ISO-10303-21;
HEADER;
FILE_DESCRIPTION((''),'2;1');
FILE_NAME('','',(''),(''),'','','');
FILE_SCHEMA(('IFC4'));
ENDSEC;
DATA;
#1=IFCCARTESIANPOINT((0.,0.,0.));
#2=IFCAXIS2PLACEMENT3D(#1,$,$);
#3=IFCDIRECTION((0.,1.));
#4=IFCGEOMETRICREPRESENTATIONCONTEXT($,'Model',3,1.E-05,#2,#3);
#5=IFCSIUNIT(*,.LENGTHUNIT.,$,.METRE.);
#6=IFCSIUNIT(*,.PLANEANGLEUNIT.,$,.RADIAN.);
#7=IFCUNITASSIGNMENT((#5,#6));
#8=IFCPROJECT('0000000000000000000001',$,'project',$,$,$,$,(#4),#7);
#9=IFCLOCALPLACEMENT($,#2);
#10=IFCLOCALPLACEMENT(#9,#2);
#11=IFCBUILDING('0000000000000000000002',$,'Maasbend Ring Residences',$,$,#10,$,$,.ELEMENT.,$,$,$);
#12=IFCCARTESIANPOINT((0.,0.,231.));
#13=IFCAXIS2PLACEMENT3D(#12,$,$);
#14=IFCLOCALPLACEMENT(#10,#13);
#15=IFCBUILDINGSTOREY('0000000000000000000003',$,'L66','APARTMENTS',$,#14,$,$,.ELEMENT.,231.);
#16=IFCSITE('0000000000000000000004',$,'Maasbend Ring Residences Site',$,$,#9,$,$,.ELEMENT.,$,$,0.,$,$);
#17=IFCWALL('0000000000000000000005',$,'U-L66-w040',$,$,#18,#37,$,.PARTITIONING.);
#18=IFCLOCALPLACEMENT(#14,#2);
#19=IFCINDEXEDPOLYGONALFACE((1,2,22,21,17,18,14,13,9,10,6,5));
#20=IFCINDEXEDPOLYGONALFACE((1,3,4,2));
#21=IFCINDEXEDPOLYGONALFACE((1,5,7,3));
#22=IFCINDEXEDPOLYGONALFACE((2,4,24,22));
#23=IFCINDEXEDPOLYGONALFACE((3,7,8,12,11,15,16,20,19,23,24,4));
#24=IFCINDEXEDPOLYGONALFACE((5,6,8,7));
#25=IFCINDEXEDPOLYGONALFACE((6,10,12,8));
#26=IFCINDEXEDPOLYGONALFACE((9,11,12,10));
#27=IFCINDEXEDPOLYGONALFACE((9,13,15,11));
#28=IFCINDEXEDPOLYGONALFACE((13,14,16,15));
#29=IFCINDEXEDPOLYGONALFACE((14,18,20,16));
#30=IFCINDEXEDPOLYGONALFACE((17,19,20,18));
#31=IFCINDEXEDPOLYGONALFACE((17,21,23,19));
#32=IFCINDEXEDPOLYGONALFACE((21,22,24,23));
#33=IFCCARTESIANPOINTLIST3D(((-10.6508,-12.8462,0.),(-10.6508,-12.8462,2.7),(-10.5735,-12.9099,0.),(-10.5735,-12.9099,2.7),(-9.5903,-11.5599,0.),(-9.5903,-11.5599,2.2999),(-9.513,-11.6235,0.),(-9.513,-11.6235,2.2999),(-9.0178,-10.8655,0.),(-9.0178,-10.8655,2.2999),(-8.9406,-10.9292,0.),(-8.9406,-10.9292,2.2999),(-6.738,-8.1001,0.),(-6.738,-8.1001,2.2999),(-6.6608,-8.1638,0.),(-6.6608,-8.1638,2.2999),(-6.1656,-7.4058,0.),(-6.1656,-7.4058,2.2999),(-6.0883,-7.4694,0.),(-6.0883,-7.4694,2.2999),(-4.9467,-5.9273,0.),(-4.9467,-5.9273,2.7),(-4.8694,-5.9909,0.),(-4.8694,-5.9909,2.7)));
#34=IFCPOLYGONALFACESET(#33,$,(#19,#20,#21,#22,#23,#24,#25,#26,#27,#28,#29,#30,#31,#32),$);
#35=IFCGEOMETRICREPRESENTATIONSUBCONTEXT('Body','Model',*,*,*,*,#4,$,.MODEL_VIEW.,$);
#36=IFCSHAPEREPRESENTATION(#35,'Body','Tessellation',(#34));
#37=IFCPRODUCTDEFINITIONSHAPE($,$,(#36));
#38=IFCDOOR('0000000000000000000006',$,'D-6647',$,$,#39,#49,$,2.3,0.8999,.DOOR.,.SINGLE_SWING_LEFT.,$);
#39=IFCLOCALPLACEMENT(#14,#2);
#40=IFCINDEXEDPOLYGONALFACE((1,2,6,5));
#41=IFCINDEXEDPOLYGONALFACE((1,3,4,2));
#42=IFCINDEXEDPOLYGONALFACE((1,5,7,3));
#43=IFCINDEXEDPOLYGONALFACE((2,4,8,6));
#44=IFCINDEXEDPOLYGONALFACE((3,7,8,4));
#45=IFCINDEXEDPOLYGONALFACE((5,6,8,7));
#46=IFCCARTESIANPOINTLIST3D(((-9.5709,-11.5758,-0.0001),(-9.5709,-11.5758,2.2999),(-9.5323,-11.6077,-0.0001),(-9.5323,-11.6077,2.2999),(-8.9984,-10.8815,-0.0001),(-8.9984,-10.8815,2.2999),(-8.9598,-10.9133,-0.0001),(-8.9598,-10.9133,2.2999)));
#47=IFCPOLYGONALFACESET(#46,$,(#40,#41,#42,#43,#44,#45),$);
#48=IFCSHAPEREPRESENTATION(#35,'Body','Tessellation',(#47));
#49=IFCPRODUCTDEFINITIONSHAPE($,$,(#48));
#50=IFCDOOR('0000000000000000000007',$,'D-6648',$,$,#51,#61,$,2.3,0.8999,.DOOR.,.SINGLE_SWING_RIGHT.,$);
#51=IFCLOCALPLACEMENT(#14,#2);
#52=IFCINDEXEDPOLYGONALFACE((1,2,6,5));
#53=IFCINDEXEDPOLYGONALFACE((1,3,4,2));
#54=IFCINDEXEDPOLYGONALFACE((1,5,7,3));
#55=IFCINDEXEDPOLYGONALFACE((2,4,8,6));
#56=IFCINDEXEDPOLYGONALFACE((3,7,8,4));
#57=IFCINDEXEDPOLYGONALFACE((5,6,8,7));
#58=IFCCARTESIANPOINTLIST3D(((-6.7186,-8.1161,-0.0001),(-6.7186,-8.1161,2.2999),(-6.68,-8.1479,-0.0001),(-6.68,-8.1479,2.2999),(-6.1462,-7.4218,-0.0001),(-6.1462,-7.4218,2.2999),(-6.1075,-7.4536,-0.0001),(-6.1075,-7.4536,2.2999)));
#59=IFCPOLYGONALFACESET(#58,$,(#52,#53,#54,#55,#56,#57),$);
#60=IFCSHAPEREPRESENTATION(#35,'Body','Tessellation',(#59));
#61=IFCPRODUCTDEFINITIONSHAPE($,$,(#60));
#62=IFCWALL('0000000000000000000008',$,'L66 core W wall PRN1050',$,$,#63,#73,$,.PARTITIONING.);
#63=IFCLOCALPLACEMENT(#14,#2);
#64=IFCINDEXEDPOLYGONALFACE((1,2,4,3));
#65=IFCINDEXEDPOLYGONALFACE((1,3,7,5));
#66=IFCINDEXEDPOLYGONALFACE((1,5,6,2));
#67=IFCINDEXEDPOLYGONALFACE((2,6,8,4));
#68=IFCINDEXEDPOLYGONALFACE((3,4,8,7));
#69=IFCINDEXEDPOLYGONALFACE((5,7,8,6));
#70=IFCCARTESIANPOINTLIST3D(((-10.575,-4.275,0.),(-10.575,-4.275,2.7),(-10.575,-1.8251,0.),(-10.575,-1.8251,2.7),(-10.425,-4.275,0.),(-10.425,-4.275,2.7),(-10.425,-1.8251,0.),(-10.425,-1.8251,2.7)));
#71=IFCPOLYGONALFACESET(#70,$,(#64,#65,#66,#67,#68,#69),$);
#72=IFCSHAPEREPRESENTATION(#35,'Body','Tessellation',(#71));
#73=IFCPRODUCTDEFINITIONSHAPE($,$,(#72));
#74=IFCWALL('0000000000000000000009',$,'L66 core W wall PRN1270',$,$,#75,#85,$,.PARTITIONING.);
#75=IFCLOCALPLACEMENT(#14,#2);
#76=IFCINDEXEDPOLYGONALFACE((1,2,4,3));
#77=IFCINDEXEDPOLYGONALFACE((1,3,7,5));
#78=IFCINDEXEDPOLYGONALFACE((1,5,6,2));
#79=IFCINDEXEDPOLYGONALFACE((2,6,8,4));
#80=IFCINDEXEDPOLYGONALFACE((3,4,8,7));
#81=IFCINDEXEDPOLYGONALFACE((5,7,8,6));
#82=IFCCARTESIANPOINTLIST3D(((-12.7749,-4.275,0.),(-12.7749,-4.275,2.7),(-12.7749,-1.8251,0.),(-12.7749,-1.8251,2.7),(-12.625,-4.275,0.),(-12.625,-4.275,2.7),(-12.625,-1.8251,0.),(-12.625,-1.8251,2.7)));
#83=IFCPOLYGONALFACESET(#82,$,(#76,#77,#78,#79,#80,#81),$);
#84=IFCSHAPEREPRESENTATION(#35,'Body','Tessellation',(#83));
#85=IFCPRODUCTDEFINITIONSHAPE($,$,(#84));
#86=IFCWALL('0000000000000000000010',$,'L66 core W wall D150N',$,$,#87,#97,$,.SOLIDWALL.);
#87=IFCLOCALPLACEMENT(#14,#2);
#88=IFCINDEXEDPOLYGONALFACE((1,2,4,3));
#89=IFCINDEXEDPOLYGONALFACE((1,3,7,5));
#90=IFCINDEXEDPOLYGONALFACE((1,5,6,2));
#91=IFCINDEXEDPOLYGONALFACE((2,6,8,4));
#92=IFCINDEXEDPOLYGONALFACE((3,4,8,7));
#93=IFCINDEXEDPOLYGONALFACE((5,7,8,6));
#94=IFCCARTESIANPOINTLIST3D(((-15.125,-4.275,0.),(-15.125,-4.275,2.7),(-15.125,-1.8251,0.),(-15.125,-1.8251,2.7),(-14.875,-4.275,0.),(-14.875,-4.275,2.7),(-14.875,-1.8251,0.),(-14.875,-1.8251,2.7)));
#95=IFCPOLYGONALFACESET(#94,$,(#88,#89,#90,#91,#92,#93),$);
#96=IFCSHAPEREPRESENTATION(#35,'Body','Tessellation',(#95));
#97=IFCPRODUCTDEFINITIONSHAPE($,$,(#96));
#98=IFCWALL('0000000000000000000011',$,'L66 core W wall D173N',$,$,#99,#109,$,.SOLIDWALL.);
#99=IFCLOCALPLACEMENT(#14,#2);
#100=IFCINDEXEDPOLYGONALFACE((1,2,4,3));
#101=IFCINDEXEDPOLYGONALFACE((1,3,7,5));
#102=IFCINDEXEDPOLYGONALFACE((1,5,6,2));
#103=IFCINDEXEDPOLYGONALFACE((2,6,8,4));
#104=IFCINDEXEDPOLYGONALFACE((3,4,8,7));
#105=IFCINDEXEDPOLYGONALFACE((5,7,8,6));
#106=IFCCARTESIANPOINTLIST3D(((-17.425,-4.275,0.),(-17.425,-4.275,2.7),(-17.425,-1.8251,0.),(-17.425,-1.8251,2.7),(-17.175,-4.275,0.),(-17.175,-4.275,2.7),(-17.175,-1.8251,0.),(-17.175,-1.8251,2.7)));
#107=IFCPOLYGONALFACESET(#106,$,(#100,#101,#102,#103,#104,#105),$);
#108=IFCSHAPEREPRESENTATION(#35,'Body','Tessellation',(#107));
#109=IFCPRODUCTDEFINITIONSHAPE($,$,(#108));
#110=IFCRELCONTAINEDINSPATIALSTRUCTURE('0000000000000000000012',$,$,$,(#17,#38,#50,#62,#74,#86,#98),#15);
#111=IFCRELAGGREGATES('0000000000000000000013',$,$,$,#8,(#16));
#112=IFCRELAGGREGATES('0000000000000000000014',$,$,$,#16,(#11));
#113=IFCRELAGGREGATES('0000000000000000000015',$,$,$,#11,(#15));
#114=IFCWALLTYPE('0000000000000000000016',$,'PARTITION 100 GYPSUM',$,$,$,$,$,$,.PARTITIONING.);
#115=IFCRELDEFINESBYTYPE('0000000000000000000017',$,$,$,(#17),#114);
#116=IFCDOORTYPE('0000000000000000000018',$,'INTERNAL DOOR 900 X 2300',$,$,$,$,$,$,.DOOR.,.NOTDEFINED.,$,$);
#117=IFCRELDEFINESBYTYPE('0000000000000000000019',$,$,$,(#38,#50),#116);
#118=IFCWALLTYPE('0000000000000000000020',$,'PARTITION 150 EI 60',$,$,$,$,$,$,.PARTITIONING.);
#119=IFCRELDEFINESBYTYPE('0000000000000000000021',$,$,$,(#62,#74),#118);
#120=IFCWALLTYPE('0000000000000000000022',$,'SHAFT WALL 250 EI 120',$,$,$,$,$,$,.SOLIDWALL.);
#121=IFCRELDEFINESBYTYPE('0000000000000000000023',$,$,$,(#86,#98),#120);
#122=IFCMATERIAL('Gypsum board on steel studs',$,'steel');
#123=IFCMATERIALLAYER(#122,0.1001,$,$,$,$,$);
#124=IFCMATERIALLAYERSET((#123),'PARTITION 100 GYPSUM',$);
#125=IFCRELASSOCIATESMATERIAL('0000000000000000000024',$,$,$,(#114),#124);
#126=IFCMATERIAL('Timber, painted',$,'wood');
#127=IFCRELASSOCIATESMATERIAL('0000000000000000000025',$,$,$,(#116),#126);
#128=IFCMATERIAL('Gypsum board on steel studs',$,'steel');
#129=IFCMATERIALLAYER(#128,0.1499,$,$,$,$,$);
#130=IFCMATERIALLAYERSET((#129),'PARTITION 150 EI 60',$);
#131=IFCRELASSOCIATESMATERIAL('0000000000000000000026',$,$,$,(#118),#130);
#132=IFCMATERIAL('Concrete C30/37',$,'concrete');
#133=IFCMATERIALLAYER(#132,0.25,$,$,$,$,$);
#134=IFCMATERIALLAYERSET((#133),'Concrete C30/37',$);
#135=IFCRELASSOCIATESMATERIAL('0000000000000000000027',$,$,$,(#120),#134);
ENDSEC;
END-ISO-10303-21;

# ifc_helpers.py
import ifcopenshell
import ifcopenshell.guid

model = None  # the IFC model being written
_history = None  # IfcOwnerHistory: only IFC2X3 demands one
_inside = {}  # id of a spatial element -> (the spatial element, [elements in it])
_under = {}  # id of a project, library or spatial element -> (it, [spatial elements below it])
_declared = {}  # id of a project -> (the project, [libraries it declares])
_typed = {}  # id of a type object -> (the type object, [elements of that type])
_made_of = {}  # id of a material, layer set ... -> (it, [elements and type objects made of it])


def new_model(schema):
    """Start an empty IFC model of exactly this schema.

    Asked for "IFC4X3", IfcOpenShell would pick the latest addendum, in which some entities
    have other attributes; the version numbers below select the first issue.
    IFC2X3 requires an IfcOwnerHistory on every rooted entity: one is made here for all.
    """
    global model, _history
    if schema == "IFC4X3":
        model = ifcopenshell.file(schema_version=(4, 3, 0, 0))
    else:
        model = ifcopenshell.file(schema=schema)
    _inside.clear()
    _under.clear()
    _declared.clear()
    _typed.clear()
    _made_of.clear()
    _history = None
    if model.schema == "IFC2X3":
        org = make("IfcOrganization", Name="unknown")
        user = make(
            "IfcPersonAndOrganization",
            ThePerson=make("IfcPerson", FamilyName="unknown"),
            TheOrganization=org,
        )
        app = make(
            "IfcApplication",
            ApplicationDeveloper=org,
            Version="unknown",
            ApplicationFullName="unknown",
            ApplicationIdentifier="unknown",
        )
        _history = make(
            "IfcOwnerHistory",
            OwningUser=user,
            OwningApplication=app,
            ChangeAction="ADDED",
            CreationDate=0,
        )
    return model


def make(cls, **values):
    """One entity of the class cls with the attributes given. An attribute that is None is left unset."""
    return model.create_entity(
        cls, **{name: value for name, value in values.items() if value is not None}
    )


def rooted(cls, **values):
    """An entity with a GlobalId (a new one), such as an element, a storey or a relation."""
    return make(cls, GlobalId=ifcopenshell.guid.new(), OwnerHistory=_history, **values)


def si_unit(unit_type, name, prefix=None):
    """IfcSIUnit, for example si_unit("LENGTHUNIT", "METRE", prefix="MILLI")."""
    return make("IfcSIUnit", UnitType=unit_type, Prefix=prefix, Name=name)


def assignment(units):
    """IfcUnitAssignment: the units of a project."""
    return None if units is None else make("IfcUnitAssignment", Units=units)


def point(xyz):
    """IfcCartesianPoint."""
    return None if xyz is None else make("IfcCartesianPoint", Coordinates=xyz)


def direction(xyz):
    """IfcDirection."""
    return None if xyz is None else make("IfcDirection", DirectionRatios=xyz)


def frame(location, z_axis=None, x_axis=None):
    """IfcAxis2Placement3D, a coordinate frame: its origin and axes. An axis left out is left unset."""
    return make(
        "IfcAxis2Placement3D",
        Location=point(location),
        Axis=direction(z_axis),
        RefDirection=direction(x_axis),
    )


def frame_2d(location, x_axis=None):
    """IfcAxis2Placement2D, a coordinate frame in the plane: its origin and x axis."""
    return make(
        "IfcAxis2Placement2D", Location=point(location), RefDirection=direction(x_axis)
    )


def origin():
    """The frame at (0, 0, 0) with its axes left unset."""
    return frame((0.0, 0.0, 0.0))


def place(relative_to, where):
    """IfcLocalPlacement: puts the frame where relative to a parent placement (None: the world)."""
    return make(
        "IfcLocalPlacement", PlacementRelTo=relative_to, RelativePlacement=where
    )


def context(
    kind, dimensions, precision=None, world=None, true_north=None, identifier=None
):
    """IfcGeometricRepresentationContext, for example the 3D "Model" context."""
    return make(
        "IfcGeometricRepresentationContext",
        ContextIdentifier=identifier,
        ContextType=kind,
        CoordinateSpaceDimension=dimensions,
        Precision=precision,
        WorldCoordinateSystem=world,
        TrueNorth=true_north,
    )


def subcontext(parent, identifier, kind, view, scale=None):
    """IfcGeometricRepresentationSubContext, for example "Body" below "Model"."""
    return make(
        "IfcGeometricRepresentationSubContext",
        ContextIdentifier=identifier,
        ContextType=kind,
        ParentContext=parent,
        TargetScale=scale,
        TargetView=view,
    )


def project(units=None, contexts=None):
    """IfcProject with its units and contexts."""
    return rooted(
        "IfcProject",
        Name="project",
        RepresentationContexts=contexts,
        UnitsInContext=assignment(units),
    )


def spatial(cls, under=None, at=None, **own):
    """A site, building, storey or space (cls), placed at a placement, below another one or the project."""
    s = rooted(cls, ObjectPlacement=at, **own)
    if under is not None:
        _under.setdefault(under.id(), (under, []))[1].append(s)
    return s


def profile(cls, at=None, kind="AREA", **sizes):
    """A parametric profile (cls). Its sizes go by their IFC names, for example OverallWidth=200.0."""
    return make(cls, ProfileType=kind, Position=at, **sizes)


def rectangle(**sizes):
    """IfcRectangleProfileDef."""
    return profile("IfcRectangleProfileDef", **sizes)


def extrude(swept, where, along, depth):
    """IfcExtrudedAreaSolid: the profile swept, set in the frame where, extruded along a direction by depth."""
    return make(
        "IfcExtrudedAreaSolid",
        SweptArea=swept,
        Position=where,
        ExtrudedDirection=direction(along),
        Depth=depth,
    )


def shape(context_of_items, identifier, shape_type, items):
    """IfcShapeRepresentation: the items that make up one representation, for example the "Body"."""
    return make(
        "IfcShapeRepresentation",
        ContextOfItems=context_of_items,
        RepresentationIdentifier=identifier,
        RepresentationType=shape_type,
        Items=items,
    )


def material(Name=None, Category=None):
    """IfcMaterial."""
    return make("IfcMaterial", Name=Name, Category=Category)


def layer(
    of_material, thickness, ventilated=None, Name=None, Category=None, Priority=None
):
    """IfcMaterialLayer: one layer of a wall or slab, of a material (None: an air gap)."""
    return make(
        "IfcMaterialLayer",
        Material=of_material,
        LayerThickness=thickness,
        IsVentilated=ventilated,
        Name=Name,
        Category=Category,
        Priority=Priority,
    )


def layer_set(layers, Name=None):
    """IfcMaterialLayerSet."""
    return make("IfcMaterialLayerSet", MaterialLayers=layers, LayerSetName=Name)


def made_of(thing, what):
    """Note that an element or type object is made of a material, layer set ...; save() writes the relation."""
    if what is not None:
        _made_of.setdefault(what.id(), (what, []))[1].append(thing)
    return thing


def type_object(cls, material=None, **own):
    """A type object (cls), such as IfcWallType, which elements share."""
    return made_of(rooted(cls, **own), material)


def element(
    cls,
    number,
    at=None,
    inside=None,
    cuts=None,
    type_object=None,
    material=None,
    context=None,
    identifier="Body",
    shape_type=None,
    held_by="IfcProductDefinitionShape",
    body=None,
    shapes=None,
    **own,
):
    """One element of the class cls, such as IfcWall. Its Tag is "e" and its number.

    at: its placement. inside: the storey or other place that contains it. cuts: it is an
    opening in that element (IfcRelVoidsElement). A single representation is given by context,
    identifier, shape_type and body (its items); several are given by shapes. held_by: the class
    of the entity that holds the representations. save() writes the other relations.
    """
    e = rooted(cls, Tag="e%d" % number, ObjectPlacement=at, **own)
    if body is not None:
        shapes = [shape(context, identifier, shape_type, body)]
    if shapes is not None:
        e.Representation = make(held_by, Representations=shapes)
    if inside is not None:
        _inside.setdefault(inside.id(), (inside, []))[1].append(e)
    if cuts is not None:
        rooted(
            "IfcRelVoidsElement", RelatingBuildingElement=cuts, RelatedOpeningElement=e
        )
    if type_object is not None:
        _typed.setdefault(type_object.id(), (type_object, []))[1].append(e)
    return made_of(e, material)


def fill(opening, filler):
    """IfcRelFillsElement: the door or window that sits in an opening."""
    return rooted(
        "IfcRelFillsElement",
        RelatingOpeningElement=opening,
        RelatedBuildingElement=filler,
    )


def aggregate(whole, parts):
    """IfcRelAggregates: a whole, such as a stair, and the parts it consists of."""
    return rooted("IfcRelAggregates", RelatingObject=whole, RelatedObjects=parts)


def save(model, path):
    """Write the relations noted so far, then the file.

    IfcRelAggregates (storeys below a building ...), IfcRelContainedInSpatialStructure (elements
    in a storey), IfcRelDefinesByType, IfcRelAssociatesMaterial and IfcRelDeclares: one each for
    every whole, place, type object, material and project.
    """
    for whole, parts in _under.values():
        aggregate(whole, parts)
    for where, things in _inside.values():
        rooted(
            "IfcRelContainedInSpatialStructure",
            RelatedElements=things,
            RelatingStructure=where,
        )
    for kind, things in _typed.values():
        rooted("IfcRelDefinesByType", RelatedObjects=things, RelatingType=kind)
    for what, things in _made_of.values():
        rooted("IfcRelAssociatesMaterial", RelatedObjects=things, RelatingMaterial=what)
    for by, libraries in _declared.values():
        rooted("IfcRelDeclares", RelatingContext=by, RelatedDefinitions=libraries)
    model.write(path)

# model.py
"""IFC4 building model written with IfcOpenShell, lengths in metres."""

from ifc_helpers import new_model, si_unit, direction, frame, frame_2d, origin, place, context, subcontext, project, spatial, rectangle, extrude, material, layer, layer_set, type_object, element, fill, save


model = new_model("IFC4")

# Units and contexts
model_context = context("Model", 3, precision=1e-05, world=origin(), true_north=direction((0.0, 1.0)))
body_context = subcontext(model_context, "Body", "Model", "MODEL_VIEW")
ifc_project = project(units=[si_unit("LENGTHUNIT", "METRE"), si_unit("PLANEANGLEUNIT", "RADIAN")], contexts=[model_context])

# Site, building, storey
site_placement = place(None, origin())
site = spatial("IfcSite", under=ifc_project, at=site_placement, Name="Maasbend Ring Residences Site", CompositionType="ELEMENT", RefElevation=0.0)
building_placement = place(site_placement, origin())
building = spatial("IfcBuilding", under=site, at=building_placement, Name="Maasbend Ring Residences", CompositionType="ELEMENT")
storey_placement = place(building_placement, frame((0.0, 0.0, 231.0)))
storey = spatial("IfcBuildingStorey", under=building, at=storey_placement, Name="L66", Description="APARTMENTS", CompositionType="ELEMENT", Elevation=231.0)

# Shared definitions
ifc_material_1 = material(Name="Gypsum board on steel studs", Category="steel")
ifc_layer_1 = layer(ifc_material_1, 0.1001)
ifc_layer_set_1 = layer_set([ifc_layer_1], Name="PARTITION 100 GYPSUM")
wall_type_1 = type_object("IfcWallType", Name="PARTITION 100 GYPSUM", PredefinedType="PARTITIONING", material=ifc_layer_set_1)

# Wall, openings, doors
wall_1_placement = place(storey_placement, frame((-10.6121, -12.8779, 0.0), z_axis=(0.0, 0.0, 1.0), x_axis=(0.636116, 0.771594, 0.0)))
wall_1 = element("IfcWall", 1, at=wall_1_placement, inside=storey, type_object=wall_type_1, Name="U-L66-w040", PredefinedType="PARTITIONING", context=body_context, shape_type="SweptSolid", body=[
    extrude(rectangle(XDim=8.967, YDim=0.1001, at=frame_2d((4.4834, 0.0))), origin(), (0.0, 0.0, 1.0), 2.7),
])
opening_1_placement = place(wall_1_placement, frame((1.667, 0.0, 0.0)))
opening_1 = element("IfcOpeningElement", 2, at=opening_1_placement, cuts=wall_1, PredefinedType="OPENING", context=body_context, shape_type="SweptSolid", body=[
    extrude(rectangle(XDim=0.8999, YDim=2.3, at=frame_2d((0.45, 1.1499))), frame((0.0, 0.0601, 0.0), z_axis=(0.0, -1.0, 0.0), x_axis=(1.0, 0.0, 0.0)), (0.0, 0.0, 1.0), 0.1201),
])
opening_2_placement = place(wall_1_placement, frame((6.1509, 0.0, 0.0)))
opening_2 = element("IfcOpeningElement", 3, at=opening_2_placement, cuts=wall_1, PredefinedType="OPENING", context=body_context, shape_type="SweptSolid", body=[
    extrude(rectangle(XDim=0.8999, YDim=2.3, at=frame_2d((0.45, 1.1499))), frame((0.0, 0.0601, 0.0), z_axis=(0.0, -1.0, 0.0), x_axis=(1.0, 0.0, 0.0)), (0.0, 0.0, 1.0), 0.1201),
])
ifc_material_2 = material(Name="Timber, painted", Category="wood")
door_type_1 = type_object("IfcDoorType", Name="INTERNAL DOOR 900 X 2300", OperationType="NOTDEFINED", PredefinedType="DOOR", material=ifc_material_2)
door_1_placement = place(opening_1_placement, origin())
door_1 = element("IfcDoor", 4, at=door_1_placement, inside=storey, type_object=door_type_1, Name="D-6647", OperationType="SINGLE_SWING_LEFT", OverallHeight=2.3, OverallWidth=0.8999, PredefinedType="DOOR", context=body_context, shape_type="SweptSolid", body=[
    extrude(rectangle(XDim=0.8999, YDim=2.3, at=frame_2d((0.45, 1.1499))), frame((0.0, 0.0249, 0.0), z_axis=(0.0, -1.0, 0.0), x_axis=(1.0, 0.0, 0.0)), (0.0, 0.0, 1.0), 0.05),
])
fill(opening_1, door_1)
door_2_placement = place(opening_2_placement, origin())
door_2 = element("IfcDoor", 5, at=door_2_placement, inside=storey, type_object=door_type_1, Name="D-6648", OperationType="SINGLE_SWING_RIGHT", OverallHeight=2.3, OverallWidth=0.8999, PredefinedType="DOOR", context=body_context, shape_type="SweptSolid", body=[
    extrude(rectangle(XDim=0.8999, YDim=2.3, at=frame_2d((0.45, 1.1499))), frame((0.0, 0.0249, 0.0), z_axis=(0.0, -1.0, 0.0), x_axis=(1.0, 0.0, 0.0)), (0.0, 0.0, 1.0), 0.05),
])
fill(opening_2, door_2)

# Walls
ifc_material_3 = material(Name="Gypsum board on steel studs", Category="steel")
ifc_layer_2 = layer(ifc_material_3, 0.1499)
ifc_layer_set_2 = layer_set([ifc_layer_2], Name="PARTITION 150 EI 60")
wall_type_2 = type_object("IfcWallType", Name="PARTITION 150 EI 60", PredefinedType="PARTITIONING", material=ifc_layer_set_2)
for number, where, z_axis, x_axis, name in (
    (6, (-10.5, -1.825, 0.0), (0.0, 0.0, 1.0), (0.0, -1.0, 0.0), "L66 core W wall PRN1050"),
    (7, (-12.7, -1.825, 0.0), (0.0, 0.0, 1.0), (0.0, -1.0, 0.0), "L66 core W wall PRN1270"),
):
    element("IfcWall", number, at=place(storey_placement, frame(where, z_axis=z_axis, x_axis=x_axis)), inside=storey, type_object=wall_type_2, Name=name, PredefinedType="PARTITIONING", context=body_context, shape_type="SweptSolid", body=[
        extrude(rectangle(XDim=2.45, YDim=0.1499, at=frame_2d((1.2251, 0.0))), origin(), (0.0, 0.0, 1.0), 2.7),
    ])
ifc_material_4 = material(Name="Concrete C30/37", Category="concrete")
ifc_layer_3 = layer(ifc_material_4, 0.25)
ifc_layer_set_3 = layer_set([ifc_layer_3], Name="Concrete C30/37")
wall_type_3 = type_object("IfcWallType", Name="SHAFT WALL 250 EI 120", PredefinedType="SOLIDWALL", material=ifc_layer_set_3)
for number, where, z_axis, x_axis, name in (
    (8, (-15.0, -1.825, 0.0), (0.0, 0.0, 1.0), (0.0, -1.0, 0.0), "L66 core W wall D150N"),
    (9, (-17.3, -1.825, 0.0), (0.0, 0.0, 1.0), (0.0, -1.0, 0.0), "L66 core W wall D173N"),
):
    element("IfcWall", number, at=place(storey_placement, frame(where, z_axis=z_axis, x_axis=x_axis)), inside=storey, type_object=wall_type_3, Name=name, PredefinedType="SOLIDWALL", context=body_context, shape_type="SweptSolid", body=[
        extrude(rectangle(XDim=2.45, YDim=0.25, at=frame_2d((1.2251, 0.0))), origin(), (0.0, 0.0, 1.0), 2.7),
    ])

save(model, "model.ifc")
